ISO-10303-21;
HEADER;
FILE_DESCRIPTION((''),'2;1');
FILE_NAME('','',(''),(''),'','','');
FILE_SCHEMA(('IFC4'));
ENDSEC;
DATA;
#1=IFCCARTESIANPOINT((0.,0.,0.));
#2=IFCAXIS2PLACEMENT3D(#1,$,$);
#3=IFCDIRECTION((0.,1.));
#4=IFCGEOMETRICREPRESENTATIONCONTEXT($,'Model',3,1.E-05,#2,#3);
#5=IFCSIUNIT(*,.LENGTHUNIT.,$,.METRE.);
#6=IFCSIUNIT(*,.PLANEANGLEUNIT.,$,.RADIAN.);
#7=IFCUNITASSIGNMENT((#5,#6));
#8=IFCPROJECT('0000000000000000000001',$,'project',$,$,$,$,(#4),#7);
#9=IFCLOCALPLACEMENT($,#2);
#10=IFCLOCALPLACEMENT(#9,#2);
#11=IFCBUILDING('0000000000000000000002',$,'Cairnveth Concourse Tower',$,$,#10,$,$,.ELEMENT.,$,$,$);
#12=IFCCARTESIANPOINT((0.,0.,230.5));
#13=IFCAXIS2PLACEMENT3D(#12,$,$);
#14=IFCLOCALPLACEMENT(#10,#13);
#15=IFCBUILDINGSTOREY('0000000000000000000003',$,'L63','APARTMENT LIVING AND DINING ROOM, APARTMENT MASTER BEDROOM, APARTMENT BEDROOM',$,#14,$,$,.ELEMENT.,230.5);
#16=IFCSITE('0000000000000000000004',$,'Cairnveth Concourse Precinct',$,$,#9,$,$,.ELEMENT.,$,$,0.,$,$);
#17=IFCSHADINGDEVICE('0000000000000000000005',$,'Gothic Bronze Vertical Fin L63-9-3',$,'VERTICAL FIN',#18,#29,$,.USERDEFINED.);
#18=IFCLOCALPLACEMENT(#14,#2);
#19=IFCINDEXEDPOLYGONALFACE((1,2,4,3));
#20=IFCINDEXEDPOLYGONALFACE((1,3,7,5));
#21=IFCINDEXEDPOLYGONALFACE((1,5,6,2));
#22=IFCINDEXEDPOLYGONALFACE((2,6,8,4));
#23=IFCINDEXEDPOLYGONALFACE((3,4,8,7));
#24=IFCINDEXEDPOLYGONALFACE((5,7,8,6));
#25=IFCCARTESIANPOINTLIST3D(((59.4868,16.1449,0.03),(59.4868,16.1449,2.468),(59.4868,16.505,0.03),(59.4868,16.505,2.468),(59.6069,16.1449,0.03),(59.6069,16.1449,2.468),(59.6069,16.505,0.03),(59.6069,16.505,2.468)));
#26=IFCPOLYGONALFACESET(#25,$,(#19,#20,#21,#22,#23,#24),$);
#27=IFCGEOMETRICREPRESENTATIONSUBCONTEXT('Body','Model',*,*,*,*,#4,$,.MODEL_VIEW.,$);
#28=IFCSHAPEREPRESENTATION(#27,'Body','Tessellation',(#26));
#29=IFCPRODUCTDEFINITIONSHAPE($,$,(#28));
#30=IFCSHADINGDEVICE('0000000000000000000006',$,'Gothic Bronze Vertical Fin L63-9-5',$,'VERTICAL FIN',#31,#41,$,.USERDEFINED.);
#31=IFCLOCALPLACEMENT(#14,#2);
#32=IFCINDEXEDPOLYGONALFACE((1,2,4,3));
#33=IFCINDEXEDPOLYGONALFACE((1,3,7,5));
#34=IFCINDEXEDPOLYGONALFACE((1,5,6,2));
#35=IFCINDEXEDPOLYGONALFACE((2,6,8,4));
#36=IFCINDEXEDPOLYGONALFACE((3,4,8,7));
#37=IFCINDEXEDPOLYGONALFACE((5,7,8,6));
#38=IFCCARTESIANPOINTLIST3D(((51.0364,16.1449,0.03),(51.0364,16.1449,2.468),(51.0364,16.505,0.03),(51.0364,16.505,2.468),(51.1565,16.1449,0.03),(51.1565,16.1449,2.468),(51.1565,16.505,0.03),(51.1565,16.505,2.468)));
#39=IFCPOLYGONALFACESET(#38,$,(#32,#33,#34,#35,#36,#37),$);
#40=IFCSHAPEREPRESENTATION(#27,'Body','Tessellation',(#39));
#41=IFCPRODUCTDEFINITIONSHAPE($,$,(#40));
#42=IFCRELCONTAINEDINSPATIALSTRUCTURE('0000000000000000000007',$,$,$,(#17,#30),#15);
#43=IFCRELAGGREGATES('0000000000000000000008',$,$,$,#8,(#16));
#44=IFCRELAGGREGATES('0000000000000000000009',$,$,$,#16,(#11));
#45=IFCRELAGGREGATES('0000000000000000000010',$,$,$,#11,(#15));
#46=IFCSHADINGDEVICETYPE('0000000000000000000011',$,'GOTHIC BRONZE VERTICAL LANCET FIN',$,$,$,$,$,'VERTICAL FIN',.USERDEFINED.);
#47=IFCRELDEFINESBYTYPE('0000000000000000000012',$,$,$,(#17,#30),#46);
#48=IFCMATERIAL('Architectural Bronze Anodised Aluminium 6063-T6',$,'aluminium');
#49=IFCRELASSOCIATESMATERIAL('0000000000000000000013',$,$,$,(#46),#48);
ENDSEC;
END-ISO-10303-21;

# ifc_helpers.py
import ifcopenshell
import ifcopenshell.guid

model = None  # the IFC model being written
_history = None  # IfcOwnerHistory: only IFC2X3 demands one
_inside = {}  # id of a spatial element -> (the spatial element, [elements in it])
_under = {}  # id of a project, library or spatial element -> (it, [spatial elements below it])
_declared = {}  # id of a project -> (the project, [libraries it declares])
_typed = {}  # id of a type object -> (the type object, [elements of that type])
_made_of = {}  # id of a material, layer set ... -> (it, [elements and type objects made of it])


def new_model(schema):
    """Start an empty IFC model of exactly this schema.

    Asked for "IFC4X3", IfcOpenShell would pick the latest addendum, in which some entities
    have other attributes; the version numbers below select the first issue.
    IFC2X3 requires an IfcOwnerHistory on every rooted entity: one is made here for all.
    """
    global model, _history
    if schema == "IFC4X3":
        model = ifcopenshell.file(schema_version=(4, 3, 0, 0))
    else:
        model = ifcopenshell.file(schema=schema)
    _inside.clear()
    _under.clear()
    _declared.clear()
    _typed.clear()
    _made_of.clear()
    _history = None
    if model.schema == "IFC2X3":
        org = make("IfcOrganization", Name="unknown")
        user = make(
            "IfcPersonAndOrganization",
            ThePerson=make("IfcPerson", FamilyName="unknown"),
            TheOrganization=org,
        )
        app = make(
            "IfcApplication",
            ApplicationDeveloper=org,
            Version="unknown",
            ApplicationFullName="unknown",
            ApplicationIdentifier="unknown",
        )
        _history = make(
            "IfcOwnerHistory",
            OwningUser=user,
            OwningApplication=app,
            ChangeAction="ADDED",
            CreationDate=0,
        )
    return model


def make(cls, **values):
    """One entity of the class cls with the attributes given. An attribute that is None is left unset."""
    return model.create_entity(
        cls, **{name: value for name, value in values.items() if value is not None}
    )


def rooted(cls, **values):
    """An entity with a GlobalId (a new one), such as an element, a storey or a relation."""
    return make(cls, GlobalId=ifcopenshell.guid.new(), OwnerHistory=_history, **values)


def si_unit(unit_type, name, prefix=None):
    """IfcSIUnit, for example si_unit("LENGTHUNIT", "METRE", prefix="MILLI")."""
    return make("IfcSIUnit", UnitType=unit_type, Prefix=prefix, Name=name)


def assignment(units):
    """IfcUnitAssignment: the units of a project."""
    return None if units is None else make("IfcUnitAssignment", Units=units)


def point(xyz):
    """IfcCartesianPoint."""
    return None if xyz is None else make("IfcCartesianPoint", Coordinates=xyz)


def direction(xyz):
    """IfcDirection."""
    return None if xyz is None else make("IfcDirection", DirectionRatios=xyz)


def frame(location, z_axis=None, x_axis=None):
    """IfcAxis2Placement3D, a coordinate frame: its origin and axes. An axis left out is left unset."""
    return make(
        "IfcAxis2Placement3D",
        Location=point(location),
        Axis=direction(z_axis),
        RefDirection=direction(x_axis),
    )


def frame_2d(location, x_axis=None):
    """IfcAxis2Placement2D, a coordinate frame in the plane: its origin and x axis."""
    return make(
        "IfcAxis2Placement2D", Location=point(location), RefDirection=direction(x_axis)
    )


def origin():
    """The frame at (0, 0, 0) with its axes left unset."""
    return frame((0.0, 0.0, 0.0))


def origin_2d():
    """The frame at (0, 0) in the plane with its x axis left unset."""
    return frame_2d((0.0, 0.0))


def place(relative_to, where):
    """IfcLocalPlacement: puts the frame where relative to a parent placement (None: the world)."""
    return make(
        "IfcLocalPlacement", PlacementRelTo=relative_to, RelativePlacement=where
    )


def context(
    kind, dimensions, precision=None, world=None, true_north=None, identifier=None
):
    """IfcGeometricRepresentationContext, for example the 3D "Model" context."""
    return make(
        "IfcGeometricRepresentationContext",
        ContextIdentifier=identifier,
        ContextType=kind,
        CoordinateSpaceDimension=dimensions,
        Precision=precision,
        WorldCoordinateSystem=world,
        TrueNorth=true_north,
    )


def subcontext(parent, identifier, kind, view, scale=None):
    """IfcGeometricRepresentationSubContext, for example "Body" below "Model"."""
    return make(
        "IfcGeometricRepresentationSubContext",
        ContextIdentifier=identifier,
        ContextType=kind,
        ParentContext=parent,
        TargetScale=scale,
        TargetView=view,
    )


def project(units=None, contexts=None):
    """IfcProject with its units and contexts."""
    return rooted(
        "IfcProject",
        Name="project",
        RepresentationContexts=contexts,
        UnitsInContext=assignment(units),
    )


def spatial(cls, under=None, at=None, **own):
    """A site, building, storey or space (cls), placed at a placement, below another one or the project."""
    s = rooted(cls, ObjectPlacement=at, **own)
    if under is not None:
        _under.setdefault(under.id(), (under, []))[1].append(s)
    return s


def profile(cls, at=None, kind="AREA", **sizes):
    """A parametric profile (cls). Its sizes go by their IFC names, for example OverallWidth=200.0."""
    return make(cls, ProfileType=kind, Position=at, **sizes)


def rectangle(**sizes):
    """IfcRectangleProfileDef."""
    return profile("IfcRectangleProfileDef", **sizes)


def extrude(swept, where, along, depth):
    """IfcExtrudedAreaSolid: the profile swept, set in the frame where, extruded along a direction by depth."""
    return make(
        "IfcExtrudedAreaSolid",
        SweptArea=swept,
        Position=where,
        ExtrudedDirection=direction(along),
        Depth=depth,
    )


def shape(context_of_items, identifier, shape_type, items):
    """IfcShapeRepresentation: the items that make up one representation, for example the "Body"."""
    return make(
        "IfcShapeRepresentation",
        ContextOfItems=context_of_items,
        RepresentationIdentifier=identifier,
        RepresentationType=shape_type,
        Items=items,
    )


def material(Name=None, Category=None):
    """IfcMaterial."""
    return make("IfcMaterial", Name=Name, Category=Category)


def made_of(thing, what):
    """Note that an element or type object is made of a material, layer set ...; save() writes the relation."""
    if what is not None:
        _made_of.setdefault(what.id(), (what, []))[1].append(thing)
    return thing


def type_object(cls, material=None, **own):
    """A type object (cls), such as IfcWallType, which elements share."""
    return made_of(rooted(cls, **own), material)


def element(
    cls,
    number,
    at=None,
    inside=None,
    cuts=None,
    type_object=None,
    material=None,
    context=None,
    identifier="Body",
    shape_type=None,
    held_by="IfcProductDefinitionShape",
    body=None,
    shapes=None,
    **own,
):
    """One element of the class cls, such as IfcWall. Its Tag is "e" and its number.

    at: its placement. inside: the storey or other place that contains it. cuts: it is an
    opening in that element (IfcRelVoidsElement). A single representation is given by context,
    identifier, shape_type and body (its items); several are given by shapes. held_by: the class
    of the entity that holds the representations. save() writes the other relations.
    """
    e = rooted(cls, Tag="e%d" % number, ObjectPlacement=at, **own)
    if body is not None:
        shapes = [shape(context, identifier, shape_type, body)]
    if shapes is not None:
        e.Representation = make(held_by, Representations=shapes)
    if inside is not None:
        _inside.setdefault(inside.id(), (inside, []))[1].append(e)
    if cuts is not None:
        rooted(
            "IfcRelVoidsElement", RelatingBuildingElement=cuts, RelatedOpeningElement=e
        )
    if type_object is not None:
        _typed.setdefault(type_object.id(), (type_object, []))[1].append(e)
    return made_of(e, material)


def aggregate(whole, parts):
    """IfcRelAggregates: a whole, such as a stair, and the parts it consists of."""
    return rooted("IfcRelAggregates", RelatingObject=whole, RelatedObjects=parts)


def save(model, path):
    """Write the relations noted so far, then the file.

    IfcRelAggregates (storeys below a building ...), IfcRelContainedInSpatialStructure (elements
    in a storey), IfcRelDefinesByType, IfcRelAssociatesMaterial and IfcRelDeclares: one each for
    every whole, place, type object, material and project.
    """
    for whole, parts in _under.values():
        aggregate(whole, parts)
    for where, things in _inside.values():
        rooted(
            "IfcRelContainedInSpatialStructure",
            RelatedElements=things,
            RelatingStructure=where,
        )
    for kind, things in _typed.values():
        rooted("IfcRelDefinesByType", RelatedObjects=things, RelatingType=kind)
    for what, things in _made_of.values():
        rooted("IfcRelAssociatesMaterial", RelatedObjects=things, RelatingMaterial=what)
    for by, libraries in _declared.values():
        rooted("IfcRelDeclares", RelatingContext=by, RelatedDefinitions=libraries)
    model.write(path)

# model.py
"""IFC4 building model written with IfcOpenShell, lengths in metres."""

from ifc_helpers import new_model, si_unit, direction, frame, origin, origin_2d, place, context, subcontext, project, spatial, rectangle, extrude, material, type_object, element, save


model = new_model("IFC4")

# Units and contexts
model_context = context("Model", 3, precision=1e-05, world=origin(), true_north=direction((0.0, 1.0)))
body_context = subcontext(model_context, "Body", "Model", "MODEL_VIEW")
ifc_project = project(units=[si_unit("LENGTHUNIT", "METRE"), si_unit("PLANEANGLEUNIT", "RADIAN")], contexts=[model_context])

# Site, building, storey
site_placement = place(None, origin())
site = spatial("IfcSite", under=ifc_project, at=site_placement, Name="Cairnveth Concourse Precinct", CompositionType="ELEMENT", RefElevation=0.0)
building_placement = place(site_placement, origin())
building = spatial("IfcBuilding", under=site, at=building_placement, Name="Cairnveth Concourse Tower", CompositionType="ELEMENT")
storey_placement = place(building_placement, frame((0.0, 0.0, 230.5)))
storey = spatial("IfcBuildingStorey", under=building, at=storey_placement, Name="L63", Description="APARTMENT LIVING AND DINING ROOM, APARTMENT MASTER BEDROOM, APARTMENT BEDROOM", CompositionType="ELEMENT", Elevation=230.5)

# Shading devices
ifc_material_1 = material(Name="Architectural Bronze Anodised Aluminium 6063-T6", Category="aluminium")
shading_device_type = type_object("IfcShadingDeviceType", Name="GOTHIC BRONZE VERTICAL LANCET FIN", ElementType="VERTICAL FIN", PredefinedType="USERDEFINED", material=ifc_material_1)
for number, where, z_axis, x_axis, name in (
    (1, (59.5469, 16.325, 0.03), (0.0, 0.0, 1.0), (1.0, 0.0, 0.0), "Gothic Bronze Vertical Fin L63-9-3"),
    (2, (51.0964, 16.325, 0.03), (0.0, 0.0, 1.0), (1.0, 0.0, 0.0), "Gothic Bronze Vertical Fin L63-9-5"),
):
    element("IfcShadingDevice", number, at=place(storey_placement, frame(where, z_axis=z_axis, x_axis=x_axis)), inside=storey, type_object=shading_device_type, Name=name, ObjectType="VERTICAL FIN", PredefinedType="USERDEFINED", context=body_context, shape_type="SweptSolid", body=[
        extrude(rectangle(XDim=0.1201, YDim=0.3601, at=origin_2d()), origin(), (0.0, 0.0, 1.0), 2.438),
    ])

save(model, "model.ifc")
